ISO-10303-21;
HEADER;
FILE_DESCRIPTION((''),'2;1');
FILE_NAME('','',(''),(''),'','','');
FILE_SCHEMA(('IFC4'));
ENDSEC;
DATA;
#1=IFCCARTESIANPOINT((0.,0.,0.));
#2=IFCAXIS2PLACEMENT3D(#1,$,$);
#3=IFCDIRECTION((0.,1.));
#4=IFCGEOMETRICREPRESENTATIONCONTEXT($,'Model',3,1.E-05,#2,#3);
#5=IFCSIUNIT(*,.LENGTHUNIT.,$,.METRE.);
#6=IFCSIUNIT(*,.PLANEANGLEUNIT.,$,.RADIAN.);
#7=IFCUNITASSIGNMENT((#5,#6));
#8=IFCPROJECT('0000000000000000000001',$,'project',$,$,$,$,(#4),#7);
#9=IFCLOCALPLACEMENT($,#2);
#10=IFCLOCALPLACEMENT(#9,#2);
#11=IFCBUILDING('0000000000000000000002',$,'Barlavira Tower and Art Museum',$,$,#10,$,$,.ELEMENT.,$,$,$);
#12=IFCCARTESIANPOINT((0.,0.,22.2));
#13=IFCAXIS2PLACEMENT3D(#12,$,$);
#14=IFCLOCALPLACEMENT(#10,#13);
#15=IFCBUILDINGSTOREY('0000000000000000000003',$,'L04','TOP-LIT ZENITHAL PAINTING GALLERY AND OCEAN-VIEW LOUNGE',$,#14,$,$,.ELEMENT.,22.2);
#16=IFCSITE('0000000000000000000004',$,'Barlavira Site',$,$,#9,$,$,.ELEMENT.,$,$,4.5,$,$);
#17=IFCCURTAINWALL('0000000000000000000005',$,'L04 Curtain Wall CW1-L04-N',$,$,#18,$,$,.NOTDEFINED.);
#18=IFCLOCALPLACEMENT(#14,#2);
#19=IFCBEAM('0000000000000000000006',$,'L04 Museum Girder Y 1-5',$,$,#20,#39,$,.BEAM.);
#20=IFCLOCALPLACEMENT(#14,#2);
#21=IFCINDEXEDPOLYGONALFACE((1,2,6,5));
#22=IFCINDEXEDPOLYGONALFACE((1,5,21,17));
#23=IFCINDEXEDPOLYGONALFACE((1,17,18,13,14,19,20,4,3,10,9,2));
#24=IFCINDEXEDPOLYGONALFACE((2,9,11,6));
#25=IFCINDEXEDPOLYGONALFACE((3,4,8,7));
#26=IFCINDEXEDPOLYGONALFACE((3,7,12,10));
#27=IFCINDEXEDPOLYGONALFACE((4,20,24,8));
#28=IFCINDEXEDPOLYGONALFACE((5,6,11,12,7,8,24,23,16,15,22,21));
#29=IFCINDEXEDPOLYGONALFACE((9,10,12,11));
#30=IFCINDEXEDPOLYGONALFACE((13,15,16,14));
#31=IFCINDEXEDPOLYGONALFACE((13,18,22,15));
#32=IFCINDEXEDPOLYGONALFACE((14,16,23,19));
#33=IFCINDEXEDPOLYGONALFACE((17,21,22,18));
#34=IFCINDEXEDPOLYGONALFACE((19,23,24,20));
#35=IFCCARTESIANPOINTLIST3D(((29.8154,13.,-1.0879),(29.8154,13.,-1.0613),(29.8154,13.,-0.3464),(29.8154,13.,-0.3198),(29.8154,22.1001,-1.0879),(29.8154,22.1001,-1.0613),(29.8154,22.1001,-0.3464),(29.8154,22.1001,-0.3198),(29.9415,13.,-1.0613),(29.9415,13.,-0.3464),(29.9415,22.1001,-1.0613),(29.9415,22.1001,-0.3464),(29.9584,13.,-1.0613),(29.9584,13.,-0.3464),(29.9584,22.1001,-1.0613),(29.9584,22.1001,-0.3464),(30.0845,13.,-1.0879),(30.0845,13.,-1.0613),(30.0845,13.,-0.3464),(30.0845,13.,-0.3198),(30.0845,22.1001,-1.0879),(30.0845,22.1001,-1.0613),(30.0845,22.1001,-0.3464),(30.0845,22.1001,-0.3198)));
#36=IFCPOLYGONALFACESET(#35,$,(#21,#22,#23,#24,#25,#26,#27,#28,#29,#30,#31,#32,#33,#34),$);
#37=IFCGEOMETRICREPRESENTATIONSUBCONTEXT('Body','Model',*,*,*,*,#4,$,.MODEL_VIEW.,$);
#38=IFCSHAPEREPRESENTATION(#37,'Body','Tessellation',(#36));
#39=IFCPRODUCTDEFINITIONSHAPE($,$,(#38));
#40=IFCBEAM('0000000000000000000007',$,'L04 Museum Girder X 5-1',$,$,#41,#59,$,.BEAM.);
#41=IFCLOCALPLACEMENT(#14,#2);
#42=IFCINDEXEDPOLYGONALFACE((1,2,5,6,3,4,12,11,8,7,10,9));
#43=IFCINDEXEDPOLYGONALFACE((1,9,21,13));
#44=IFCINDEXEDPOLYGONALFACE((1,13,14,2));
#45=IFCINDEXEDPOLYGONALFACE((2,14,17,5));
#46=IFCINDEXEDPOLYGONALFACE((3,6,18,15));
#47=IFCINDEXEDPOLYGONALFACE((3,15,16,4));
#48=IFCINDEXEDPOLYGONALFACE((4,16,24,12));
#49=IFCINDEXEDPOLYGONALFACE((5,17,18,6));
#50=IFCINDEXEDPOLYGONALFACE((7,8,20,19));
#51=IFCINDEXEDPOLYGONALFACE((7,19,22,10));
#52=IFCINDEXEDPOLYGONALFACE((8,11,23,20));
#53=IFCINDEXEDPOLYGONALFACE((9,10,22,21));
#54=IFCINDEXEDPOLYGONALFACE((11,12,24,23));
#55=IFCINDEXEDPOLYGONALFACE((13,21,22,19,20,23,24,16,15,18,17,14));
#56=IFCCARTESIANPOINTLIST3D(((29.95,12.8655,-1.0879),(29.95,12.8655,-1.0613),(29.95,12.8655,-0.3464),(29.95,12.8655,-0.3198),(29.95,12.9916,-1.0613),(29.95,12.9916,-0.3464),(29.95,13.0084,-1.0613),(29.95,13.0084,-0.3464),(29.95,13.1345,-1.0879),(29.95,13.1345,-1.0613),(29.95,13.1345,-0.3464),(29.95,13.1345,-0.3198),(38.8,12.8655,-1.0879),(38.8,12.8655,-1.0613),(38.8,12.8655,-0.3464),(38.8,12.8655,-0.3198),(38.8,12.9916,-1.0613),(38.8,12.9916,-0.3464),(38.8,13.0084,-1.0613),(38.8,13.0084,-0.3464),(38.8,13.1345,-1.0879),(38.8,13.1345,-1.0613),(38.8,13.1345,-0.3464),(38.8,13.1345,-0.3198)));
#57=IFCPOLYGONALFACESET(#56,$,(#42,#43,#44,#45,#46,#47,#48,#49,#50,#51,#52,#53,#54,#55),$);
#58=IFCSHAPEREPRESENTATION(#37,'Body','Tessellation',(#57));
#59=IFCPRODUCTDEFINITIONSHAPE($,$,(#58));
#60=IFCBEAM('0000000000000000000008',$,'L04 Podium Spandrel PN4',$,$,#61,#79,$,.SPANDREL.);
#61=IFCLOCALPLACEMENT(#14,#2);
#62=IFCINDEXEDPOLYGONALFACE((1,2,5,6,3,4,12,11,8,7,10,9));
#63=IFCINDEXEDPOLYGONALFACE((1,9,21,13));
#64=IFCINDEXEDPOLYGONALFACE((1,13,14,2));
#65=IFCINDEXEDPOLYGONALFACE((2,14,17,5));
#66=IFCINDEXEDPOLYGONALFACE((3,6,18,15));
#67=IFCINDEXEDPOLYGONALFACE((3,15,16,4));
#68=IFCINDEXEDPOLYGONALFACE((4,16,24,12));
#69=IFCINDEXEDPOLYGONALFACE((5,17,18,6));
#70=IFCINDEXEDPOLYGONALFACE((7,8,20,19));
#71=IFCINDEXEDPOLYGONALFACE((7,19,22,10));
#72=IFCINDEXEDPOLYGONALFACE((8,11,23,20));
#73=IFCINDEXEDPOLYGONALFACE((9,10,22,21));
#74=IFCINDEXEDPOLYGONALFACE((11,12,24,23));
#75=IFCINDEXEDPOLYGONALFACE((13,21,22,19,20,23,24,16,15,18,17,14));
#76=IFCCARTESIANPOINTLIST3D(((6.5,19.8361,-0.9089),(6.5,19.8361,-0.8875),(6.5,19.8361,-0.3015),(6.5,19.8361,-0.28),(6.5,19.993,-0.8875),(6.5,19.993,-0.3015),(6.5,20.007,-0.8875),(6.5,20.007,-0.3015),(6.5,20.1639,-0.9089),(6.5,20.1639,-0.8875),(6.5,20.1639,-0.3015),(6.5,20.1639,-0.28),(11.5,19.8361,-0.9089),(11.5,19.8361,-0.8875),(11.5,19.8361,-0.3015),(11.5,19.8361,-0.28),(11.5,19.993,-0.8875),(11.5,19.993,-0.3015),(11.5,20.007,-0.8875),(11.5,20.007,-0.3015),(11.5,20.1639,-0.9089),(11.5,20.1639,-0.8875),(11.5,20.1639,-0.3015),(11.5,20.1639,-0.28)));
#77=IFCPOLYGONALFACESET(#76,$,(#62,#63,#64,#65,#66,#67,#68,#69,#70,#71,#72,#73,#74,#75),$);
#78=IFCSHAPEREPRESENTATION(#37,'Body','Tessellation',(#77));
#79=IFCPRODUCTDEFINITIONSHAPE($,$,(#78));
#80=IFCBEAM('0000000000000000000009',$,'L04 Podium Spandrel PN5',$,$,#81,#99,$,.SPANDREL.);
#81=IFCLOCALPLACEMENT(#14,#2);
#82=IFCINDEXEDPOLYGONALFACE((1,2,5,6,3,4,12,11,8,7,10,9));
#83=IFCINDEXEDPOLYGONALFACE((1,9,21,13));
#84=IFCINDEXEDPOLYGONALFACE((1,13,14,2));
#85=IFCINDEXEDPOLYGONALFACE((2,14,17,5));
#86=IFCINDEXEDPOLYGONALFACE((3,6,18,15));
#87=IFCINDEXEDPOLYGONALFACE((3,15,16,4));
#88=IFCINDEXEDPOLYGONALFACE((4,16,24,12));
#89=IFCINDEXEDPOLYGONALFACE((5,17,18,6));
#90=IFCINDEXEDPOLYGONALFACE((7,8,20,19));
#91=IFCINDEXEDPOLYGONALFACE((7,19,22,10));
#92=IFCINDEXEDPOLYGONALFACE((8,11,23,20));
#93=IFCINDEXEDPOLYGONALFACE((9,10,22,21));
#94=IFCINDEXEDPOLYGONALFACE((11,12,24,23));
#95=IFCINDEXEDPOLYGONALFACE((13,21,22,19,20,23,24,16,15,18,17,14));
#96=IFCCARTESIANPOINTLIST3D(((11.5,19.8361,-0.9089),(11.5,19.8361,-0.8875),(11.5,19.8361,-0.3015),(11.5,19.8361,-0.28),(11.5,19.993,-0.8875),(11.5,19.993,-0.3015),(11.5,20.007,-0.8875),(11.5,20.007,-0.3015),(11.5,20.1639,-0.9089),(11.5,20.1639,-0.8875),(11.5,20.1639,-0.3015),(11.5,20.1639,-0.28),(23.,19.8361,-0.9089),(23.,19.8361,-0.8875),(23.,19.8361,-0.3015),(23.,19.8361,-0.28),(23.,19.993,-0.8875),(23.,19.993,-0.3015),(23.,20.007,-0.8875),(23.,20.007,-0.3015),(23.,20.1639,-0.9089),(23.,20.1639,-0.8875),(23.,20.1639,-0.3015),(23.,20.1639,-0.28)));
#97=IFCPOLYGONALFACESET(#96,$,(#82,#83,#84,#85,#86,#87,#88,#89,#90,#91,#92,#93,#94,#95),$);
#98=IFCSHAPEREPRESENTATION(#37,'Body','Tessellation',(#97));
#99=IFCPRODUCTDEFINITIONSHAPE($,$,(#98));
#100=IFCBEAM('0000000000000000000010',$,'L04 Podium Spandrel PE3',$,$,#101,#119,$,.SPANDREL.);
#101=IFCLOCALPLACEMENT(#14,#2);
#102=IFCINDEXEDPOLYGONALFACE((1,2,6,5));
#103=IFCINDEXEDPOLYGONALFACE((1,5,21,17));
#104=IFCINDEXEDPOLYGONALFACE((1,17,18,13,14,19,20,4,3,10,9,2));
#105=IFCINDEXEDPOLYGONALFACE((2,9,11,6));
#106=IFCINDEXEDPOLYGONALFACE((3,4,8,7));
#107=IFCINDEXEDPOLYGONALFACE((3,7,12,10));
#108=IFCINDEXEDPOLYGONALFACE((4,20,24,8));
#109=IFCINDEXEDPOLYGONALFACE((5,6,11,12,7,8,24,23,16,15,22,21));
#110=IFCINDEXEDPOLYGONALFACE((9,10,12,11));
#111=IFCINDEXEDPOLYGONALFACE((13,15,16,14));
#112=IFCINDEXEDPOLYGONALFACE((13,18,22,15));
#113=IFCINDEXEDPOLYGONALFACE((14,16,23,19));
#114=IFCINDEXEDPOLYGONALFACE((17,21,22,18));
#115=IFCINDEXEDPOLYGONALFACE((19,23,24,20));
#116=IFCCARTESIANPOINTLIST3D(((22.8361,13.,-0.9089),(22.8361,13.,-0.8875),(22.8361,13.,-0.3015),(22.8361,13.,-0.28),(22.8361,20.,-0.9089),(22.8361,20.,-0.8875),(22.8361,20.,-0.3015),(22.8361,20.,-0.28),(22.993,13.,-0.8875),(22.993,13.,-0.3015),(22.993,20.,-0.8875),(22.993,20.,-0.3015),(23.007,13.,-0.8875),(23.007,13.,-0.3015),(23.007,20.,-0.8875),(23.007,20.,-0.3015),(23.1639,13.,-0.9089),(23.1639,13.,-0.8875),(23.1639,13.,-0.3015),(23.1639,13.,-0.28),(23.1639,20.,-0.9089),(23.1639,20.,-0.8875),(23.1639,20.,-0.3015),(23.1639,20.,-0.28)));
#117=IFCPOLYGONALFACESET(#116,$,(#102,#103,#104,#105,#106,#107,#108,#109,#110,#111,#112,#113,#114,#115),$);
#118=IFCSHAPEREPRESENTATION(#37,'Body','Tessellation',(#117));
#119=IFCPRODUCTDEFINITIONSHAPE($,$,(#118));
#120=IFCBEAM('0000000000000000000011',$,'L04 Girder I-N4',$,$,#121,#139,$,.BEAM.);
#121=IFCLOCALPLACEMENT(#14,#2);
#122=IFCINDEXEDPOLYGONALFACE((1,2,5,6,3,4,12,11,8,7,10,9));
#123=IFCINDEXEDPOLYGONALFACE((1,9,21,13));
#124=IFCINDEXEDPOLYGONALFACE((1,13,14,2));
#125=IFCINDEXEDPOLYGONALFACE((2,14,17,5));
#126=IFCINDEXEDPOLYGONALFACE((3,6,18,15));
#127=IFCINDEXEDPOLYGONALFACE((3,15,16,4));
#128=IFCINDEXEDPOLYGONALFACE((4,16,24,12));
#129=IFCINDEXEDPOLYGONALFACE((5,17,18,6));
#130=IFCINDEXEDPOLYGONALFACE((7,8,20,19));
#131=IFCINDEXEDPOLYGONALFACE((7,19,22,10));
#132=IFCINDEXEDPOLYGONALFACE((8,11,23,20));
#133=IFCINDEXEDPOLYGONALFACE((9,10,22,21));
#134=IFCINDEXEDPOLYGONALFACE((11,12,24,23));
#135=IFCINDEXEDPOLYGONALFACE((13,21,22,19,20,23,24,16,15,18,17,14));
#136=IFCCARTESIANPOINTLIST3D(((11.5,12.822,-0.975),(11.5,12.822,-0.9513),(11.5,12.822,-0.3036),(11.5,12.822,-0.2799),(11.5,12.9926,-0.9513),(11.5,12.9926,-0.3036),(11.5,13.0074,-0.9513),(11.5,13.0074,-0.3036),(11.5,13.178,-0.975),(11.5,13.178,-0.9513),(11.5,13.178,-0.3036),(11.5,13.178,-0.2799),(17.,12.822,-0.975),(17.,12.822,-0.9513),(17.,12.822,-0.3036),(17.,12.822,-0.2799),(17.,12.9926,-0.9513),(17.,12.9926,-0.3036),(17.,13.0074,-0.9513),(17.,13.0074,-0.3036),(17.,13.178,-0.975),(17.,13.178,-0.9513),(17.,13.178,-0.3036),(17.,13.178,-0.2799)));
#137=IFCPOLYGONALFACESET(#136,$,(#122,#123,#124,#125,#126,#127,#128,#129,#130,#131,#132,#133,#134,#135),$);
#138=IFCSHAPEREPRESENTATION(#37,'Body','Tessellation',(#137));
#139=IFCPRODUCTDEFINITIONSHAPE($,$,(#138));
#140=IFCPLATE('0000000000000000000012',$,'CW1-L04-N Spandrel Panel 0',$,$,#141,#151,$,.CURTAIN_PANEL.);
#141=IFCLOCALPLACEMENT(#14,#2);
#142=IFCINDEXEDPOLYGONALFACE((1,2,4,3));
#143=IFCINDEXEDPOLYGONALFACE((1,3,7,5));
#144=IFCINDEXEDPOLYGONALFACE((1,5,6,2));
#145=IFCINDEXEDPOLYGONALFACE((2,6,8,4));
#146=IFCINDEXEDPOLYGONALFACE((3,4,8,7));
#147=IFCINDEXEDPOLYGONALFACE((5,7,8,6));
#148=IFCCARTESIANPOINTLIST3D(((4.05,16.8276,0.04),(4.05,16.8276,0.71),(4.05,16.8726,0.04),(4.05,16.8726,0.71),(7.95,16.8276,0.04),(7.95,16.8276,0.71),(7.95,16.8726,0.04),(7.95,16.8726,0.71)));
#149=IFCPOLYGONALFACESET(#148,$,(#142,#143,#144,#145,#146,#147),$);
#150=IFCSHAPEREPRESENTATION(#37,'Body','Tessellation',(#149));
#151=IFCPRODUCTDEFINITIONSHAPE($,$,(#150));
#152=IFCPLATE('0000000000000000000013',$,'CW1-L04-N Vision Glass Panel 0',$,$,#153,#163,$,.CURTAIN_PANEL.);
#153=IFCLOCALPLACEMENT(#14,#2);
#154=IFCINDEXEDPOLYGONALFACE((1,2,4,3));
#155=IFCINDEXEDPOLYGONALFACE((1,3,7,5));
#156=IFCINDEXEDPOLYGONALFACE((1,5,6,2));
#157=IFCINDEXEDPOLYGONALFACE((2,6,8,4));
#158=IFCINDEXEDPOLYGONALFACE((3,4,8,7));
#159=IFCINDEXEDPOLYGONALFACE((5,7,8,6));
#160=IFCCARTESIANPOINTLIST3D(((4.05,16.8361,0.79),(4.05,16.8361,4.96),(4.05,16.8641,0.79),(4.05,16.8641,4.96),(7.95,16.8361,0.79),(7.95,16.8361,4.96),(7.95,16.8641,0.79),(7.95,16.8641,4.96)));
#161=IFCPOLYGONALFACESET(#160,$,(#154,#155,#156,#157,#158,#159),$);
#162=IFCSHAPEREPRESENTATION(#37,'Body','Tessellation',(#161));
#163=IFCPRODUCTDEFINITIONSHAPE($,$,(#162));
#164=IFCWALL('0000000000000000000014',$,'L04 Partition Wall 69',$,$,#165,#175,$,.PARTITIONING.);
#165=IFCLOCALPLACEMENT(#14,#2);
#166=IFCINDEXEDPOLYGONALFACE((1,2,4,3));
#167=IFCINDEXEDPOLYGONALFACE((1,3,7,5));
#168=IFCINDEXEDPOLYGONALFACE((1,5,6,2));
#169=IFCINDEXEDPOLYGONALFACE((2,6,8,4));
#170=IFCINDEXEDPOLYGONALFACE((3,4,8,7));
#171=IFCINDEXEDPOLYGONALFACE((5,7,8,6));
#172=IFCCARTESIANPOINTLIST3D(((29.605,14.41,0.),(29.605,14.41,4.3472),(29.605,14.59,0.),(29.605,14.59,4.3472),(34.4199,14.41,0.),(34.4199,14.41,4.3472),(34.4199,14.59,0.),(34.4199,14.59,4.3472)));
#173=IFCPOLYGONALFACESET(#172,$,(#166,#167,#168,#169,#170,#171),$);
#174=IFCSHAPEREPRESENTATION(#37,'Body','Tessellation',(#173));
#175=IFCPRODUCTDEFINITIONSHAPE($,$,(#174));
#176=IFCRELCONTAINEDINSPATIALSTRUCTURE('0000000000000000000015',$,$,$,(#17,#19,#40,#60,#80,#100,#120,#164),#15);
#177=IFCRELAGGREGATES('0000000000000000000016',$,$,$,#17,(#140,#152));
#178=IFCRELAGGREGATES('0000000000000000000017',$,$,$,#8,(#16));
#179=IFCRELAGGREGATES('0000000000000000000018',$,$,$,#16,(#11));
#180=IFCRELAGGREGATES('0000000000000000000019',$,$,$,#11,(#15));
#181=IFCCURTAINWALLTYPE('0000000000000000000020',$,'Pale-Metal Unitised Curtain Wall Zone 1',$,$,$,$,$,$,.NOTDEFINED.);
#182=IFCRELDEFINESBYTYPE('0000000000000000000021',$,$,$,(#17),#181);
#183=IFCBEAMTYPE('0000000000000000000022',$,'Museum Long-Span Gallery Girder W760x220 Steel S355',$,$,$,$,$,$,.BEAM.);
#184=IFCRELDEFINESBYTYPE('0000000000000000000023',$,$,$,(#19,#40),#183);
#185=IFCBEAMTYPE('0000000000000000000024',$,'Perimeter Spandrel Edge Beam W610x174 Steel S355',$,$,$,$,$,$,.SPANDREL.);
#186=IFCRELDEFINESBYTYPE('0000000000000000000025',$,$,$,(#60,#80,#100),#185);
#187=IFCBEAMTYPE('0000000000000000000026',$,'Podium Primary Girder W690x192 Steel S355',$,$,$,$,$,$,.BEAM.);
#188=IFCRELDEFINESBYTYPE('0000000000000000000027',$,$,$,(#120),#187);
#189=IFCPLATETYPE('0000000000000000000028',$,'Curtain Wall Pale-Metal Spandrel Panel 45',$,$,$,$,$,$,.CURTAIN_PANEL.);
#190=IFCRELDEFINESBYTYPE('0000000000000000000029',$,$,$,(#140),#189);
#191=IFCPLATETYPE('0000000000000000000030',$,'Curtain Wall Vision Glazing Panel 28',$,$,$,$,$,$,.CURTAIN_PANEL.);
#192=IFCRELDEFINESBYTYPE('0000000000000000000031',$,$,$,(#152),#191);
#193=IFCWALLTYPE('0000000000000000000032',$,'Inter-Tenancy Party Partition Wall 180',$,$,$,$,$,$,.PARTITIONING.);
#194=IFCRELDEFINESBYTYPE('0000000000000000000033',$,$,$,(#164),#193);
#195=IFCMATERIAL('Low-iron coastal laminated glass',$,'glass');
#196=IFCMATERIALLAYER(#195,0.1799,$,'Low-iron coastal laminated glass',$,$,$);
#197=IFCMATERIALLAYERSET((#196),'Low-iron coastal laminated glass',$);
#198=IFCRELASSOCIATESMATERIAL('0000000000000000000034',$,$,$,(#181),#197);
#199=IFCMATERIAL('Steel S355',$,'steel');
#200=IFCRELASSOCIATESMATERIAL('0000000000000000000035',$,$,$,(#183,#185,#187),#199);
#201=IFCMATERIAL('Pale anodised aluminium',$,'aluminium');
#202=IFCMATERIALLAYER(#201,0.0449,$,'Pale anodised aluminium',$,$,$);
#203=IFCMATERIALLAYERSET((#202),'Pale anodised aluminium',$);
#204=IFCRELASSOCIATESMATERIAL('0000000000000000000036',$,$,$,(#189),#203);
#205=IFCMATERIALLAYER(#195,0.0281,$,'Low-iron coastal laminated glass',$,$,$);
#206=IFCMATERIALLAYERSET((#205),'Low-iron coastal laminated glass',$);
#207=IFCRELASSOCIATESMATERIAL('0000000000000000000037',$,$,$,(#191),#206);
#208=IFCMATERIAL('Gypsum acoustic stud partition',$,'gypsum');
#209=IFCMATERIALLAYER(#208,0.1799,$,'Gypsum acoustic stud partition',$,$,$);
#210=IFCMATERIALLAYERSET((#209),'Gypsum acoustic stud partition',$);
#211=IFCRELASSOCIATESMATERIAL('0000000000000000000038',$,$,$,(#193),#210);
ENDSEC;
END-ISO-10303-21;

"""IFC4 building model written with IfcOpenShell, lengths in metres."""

from ifc_helpers import new_model, si_unit, direction, frame, frame_2d, origin, origin_2d, place, context, subcontext, project, spatial, rectangle, i_section, extrude, material, layer, layer_set, material_profile, profile_set, type_object, element, aggregate, save


model = new_model("IFC4")

# Units and contexts
model_context = context("Model", 3, precision=1e-05, world=origin(), true_north=direction((0.0, 1.0)))
body_context = subcontext(model_context, "Body", "Model", "MODEL_VIEW")
ifc_project = project(units=[si_unit("LENGTHUNIT", "METRE"), si_unit("PLANEANGLEUNIT", "RADIAN")], contexts=[model_context])

# Site, building, storey
site_placement = place(None, origin())
site = spatial("IfcSite", under=ifc_project, at=site_placement, Name="Barlavira Site", CompositionType="ELEMENT", RefElevation=4.5)
building_placement = place(site_placement, origin())
building = spatial("IfcBuilding", under=site, at=building_placement, Name="Barlavira Tower and Art Museum", CompositionType="ELEMENT")
storey_placement = place(building_placement, frame((0.0, 0.0, 22.2)))
storey = spatial("IfcBuildingStorey", under=building, at=storey_placement, Name="L04", Description="TOP-LIT ZENITHAL PAINTING GALLERY AND OCEAN-VIEW LOUNGE", CompositionType="ELEMENT", Elevation=22.2)

# Curtain wall
ifc_material_1 = material(Name="Low-iron coastal laminated glass", Category="glass")
ifc_layer_1 = layer(ifc_material_1, 0.1799, Name="Low-iron coastal laminated glass")
ifc_layer_set_1 = layer_set([ifc_layer_1], Name="Low-iron coastal laminated glass")
curtain_wall_type = type_object("IfcCurtainWallType", Name="Pale-Metal Unitised Curtain Wall Zone 1", PredefinedType="NOTDEFINED", material=ifc_layer_set_1)
curtain_wall_placement = place(storey_placement, origin())
curtain_wall = element("IfcCurtainWall", 1, at=curtain_wall_placement, inside=storey, type_object=curtain_wall_type, Name="L04 Curtain Wall CW1-L04-N", PredefinedType="NOTDEFINED")
ifc_material_2 = material(Name="Pale anodised aluminium", Category="aluminium")

# Beams
ifc_material_3 = material(Name="Steel S355", Category="steel")
ifc_material_profile_1 = material_profile(ifc_material_3, i_section(OverallWidth=0.269, OverallDepth=0.7681, WebThickness=0.0168, FlangeThickness=0.0266, at=origin_2d()), Name="W760x220.0")
ifc_profile_set_1 = profile_set([ifc_material_profile_1], Name="Steel S355")
beam_type_1 = type_object("IfcBeamType", Name="Museum Long-Span Gallery Girder W760x220 Steel S355", PredefinedType="BEAM", material=ifc_profile_set_1)
beam_1_placement = place(storey_placement, frame((29.95, 13.0, -0.7039), z_axis=(0.0, 1.0, 0.0), x_axis=(-1.0, 0.0, 0.0)))
element("IfcBeam", 2, at=beam_1_placement, inside=storey, type_object=beam_type_1, Name="L04 Museum Girder Y 1-5", PredefinedType="BEAM", context=body_context, shape_type="SweptSolid", body=[
    extrude(i_section(OverallWidth=0.269, OverallDepth=0.7681, WebThickness=0.0168, FlangeThickness=0.0266, at=origin_2d()), origin(), (0.0, 0.0, 1.0), 9.1001),
])
beam_2_placement = place(storey_placement, frame((29.95, 13.0, -0.7039), z_axis=(1.0, 0.0, 0.0), x_axis=(0.0, 1.0, 0.0)))
element("IfcBeam", 3, at=beam_2_placement, inside=storey, type_object=beam_type_1, Name="L04 Museum Girder X 5-1", PredefinedType="BEAM", context=body_context, shape_type="SweptSolid", body=[
    extrude(i_section(OverallWidth=0.269, OverallDepth=0.7681, WebThickness=0.0168, FlangeThickness=0.0266, at=origin_2d()), origin(), (0.0, 0.0, 1.0), 8.8501),
])
ifc_material_profile_2 = material_profile(ifc_material_3, i_section(OverallWidth=0.3279, OverallDepth=0.6289, WebThickness=0.0139, FlangeThickness=0.0215, at=origin_2d()), Name="W610x174.0")
ifc_profile_set_2 = profile_set([ifc_material_profile_2], Name="Steel S355")
beam_type_2 = type_object("IfcBeamType", Name="Perimeter Spandrel Edge Beam W610x174 Steel S355", PredefinedType="SPANDREL", material=ifc_profile_set_2)
beam_3_placement = place(storey_placement, frame((6.5, 20.0, -0.5945), z_axis=(1.0, 0.0, 0.0), x_axis=(0.0, 1.0, 0.0)))
element("IfcBeam", 4, at=beam_3_placement, inside=storey, type_object=beam_type_2, Name="L04 Podium Spandrel PN4", PredefinedType="SPANDREL", context=body_context, shape_type="SweptSolid", body=[
    extrude(i_section(OverallWidth=0.3279, OverallDepth=0.6289, WebThickness=0.0139, FlangeThickness=0.0215, at=origin_2d()), origin(), (0.0, 0.0, 1.0), 5.0),
])
beam_4_placement = place(storey_placement, frame((11.5, 20.0, -0.5945), z_axis=(1.0, 0.0, 0.0), x_axis=(0.0, 1.0, 0.0)))
element("IfcBeam", 5, at=beam_4_placement, inside=storey, type_object=beam_type_2, Name="L04 Podium Spandrel PN5", PredefinedType="SPANDREL", context=body_context, shape_type="SweptSolid", body=[
    extrude(i_section(OverallWidth=0.3279, OverallDepth=0.6289, WebThickness=0.0139, FlangeThickness=0.0215, at=origin_2d()), origin(), (0.0, 0.0, 1.0), 11.5),
])
beam_5_placement = place(storey_placement, frame((23.0, 13.0, -0.5945), z_axis=(0.0, 1.0, 0.0), x_axis=(-1.0, 0.0, 0.0)))
element("IfcBeam", 6, at=beam_5_placement, inside=storey, type_object=beam_type_2, Name="L04 Podium Spandrel PE3", PredefinedType="SPANDREL", context=body_context, shape_type="SweptSolid", body=[
    extrude(i_section(OverallWidth=0.3279, OverallDepth=0.6289, WebThickness=0.0139, FlangeThickness=0.0215, at=origin_2d()), origin(), (0.0, 0.0, 1.0), 7.0),
])
ifc_material_profile_3 = material_profile(ifc_material_3, i_section(OverallWidth=0.356, OverallDepth=0.6951, WebThickness=0.0149, FlangeThickness=0.0237, at=origin_2d()), Name="W690x192.0")
ifc_profile_set_3 = profile_set([ifc_material_profile_3], Name="Steel S355")
beam_type_3 = type_object("IfcBeamType", Name="Podium Primary Girder W690x192 Steel S355", PredefinedType="BEAM", material=ifc_profile_set_3)
beam_6_placement = place(storey_placement, frame((11.5, 13.0, -0.6274), z_axis=(1.0, 0.0, 0.0), x_axis=(0.0, 1.0, 0.0)))
element("IfcBeam", 7, at=beam_6_placement, inside=storey, type_object=beam_type_3, Name="L04 Girder I-N4", PredefinedType="BEAM", context=body_context, shape_type="SweptSolid", body=[
    extrude(i_section(OverallWidth=0.356, OverallDepth=0.6951, WebThickness=0.0149, FlangeThickness=0.0237, at=origin_2d()), origin(), (0.0, 0.0, 1.0), 5.5),
])

# Plates
ifc_layer_2 = layer(ifc_material_2, 0.0449, Name="Pale anodised aluminium")
ifc_layer_set_2 = layer_set([ifc_layer_2], Name="Pale anodised aluminium")
plate_type_1 = type_object("IfcPlateType", Name="Curtain Wall Pale-Metal Spandrel Panel 45", PredefinedType="CURTAIN_PANEL", material=ifc_layer_set_2)
plate_1_placement = place(storey_placement, frame((6.0, 16.8501, 0.04), z_axis=(0.0, 0.0, 1.0), x_axis=(-1.0, 0.0, 0.0)))
plate_1 = element("IfcPlate", 8, at=plate_1_placement, type_object=plate_type_1, Name="CW1-L04-N Spandrel Panel 0", PredefinedType="CURTAIN_PANEL", context=body_context, shape_type="SweptSolid", body=[
    extrude(rectangle(XDim=3.8999, YDim=0.0449, at=origin_2d()), origin(), (0.0, 0.0, 1.0), 0.6699),
])
ifc_layer_3 = layer(ifc_material_1, 0.0281, Name="Low-iron coastal laminated glass")
ifc_layer_set_3 = layer_set([ifc_layer_3], Name="Low-iron coastal laminated glass")
plate_type_2 = type_object("IfcPlateType", Name="Curtain Wall Vision Glazing Panel 28", PredefinedType="CURTAIN_PANEL", material=ifc_layer_set_3)
plate_2_placement = place(storey_placement, frame((6.0, 16.8501, 0.79), z_axis=(0.0, 0.0, 1.0), x_axis=(-1.0, 0.0, 0.0)))
plate_2 = element("IfcPlate", 9, at=plate_2_placement, type_object=plate_type_2, Name="CW1-L04-N Vision Glass Panel 0", PredefinedType="CURTAIN_PANEL", context=body_context, shape_type="SweptSolid", body=[
    extrude(rectangle(XDim=3.8999, YDim=0.0281, at=origin_2d()), origin(), (0.0, 0.0, 1.0), 4.1699),
])
aggregate(curtain_wall, [plate_1, plate_2])

# Wall
ifc_material_4 = material(Name="Gypsum acoustic stud partition", Category="gypsum")
ifc_layer_4 = layer(ifc_material_4, 0.1799, Name="Gypsum acoustic stud partition")
ifc_layer_set_4 = layer_set([ifc_layer_4], Name="Gypsum acoustic stud partition")
wall_type_1 = type_object("IfcWallType", Name="Inter-Tenancy Party Partition Wall 180", PredefinedType="PARTITIONING", material=ifc_layer_set_4)
wall_1_placement = place(storey_placement, frame((29.605, 14.5, 0.0), z_axis=(0.0, 0.0, 1.0), x_axis=(1.0, 0.0, 0.0)))
element("IfcWall", 10, at=wall_1_placement, inside=storey, type_object=wall_type_1, Name="L04 Partition Wall 69", PredefinedType="PARTITIONING", context=body_context, shape_type="SweptSolid", body=[
    extrude(rectangle(XDim=4.8149, YDim=0.1799, at=frame_2d((2.4075, 0.0))), origin(), (0.0, 0.0, 1.0), 4.3472),
])

save(model, "model.ifc")
